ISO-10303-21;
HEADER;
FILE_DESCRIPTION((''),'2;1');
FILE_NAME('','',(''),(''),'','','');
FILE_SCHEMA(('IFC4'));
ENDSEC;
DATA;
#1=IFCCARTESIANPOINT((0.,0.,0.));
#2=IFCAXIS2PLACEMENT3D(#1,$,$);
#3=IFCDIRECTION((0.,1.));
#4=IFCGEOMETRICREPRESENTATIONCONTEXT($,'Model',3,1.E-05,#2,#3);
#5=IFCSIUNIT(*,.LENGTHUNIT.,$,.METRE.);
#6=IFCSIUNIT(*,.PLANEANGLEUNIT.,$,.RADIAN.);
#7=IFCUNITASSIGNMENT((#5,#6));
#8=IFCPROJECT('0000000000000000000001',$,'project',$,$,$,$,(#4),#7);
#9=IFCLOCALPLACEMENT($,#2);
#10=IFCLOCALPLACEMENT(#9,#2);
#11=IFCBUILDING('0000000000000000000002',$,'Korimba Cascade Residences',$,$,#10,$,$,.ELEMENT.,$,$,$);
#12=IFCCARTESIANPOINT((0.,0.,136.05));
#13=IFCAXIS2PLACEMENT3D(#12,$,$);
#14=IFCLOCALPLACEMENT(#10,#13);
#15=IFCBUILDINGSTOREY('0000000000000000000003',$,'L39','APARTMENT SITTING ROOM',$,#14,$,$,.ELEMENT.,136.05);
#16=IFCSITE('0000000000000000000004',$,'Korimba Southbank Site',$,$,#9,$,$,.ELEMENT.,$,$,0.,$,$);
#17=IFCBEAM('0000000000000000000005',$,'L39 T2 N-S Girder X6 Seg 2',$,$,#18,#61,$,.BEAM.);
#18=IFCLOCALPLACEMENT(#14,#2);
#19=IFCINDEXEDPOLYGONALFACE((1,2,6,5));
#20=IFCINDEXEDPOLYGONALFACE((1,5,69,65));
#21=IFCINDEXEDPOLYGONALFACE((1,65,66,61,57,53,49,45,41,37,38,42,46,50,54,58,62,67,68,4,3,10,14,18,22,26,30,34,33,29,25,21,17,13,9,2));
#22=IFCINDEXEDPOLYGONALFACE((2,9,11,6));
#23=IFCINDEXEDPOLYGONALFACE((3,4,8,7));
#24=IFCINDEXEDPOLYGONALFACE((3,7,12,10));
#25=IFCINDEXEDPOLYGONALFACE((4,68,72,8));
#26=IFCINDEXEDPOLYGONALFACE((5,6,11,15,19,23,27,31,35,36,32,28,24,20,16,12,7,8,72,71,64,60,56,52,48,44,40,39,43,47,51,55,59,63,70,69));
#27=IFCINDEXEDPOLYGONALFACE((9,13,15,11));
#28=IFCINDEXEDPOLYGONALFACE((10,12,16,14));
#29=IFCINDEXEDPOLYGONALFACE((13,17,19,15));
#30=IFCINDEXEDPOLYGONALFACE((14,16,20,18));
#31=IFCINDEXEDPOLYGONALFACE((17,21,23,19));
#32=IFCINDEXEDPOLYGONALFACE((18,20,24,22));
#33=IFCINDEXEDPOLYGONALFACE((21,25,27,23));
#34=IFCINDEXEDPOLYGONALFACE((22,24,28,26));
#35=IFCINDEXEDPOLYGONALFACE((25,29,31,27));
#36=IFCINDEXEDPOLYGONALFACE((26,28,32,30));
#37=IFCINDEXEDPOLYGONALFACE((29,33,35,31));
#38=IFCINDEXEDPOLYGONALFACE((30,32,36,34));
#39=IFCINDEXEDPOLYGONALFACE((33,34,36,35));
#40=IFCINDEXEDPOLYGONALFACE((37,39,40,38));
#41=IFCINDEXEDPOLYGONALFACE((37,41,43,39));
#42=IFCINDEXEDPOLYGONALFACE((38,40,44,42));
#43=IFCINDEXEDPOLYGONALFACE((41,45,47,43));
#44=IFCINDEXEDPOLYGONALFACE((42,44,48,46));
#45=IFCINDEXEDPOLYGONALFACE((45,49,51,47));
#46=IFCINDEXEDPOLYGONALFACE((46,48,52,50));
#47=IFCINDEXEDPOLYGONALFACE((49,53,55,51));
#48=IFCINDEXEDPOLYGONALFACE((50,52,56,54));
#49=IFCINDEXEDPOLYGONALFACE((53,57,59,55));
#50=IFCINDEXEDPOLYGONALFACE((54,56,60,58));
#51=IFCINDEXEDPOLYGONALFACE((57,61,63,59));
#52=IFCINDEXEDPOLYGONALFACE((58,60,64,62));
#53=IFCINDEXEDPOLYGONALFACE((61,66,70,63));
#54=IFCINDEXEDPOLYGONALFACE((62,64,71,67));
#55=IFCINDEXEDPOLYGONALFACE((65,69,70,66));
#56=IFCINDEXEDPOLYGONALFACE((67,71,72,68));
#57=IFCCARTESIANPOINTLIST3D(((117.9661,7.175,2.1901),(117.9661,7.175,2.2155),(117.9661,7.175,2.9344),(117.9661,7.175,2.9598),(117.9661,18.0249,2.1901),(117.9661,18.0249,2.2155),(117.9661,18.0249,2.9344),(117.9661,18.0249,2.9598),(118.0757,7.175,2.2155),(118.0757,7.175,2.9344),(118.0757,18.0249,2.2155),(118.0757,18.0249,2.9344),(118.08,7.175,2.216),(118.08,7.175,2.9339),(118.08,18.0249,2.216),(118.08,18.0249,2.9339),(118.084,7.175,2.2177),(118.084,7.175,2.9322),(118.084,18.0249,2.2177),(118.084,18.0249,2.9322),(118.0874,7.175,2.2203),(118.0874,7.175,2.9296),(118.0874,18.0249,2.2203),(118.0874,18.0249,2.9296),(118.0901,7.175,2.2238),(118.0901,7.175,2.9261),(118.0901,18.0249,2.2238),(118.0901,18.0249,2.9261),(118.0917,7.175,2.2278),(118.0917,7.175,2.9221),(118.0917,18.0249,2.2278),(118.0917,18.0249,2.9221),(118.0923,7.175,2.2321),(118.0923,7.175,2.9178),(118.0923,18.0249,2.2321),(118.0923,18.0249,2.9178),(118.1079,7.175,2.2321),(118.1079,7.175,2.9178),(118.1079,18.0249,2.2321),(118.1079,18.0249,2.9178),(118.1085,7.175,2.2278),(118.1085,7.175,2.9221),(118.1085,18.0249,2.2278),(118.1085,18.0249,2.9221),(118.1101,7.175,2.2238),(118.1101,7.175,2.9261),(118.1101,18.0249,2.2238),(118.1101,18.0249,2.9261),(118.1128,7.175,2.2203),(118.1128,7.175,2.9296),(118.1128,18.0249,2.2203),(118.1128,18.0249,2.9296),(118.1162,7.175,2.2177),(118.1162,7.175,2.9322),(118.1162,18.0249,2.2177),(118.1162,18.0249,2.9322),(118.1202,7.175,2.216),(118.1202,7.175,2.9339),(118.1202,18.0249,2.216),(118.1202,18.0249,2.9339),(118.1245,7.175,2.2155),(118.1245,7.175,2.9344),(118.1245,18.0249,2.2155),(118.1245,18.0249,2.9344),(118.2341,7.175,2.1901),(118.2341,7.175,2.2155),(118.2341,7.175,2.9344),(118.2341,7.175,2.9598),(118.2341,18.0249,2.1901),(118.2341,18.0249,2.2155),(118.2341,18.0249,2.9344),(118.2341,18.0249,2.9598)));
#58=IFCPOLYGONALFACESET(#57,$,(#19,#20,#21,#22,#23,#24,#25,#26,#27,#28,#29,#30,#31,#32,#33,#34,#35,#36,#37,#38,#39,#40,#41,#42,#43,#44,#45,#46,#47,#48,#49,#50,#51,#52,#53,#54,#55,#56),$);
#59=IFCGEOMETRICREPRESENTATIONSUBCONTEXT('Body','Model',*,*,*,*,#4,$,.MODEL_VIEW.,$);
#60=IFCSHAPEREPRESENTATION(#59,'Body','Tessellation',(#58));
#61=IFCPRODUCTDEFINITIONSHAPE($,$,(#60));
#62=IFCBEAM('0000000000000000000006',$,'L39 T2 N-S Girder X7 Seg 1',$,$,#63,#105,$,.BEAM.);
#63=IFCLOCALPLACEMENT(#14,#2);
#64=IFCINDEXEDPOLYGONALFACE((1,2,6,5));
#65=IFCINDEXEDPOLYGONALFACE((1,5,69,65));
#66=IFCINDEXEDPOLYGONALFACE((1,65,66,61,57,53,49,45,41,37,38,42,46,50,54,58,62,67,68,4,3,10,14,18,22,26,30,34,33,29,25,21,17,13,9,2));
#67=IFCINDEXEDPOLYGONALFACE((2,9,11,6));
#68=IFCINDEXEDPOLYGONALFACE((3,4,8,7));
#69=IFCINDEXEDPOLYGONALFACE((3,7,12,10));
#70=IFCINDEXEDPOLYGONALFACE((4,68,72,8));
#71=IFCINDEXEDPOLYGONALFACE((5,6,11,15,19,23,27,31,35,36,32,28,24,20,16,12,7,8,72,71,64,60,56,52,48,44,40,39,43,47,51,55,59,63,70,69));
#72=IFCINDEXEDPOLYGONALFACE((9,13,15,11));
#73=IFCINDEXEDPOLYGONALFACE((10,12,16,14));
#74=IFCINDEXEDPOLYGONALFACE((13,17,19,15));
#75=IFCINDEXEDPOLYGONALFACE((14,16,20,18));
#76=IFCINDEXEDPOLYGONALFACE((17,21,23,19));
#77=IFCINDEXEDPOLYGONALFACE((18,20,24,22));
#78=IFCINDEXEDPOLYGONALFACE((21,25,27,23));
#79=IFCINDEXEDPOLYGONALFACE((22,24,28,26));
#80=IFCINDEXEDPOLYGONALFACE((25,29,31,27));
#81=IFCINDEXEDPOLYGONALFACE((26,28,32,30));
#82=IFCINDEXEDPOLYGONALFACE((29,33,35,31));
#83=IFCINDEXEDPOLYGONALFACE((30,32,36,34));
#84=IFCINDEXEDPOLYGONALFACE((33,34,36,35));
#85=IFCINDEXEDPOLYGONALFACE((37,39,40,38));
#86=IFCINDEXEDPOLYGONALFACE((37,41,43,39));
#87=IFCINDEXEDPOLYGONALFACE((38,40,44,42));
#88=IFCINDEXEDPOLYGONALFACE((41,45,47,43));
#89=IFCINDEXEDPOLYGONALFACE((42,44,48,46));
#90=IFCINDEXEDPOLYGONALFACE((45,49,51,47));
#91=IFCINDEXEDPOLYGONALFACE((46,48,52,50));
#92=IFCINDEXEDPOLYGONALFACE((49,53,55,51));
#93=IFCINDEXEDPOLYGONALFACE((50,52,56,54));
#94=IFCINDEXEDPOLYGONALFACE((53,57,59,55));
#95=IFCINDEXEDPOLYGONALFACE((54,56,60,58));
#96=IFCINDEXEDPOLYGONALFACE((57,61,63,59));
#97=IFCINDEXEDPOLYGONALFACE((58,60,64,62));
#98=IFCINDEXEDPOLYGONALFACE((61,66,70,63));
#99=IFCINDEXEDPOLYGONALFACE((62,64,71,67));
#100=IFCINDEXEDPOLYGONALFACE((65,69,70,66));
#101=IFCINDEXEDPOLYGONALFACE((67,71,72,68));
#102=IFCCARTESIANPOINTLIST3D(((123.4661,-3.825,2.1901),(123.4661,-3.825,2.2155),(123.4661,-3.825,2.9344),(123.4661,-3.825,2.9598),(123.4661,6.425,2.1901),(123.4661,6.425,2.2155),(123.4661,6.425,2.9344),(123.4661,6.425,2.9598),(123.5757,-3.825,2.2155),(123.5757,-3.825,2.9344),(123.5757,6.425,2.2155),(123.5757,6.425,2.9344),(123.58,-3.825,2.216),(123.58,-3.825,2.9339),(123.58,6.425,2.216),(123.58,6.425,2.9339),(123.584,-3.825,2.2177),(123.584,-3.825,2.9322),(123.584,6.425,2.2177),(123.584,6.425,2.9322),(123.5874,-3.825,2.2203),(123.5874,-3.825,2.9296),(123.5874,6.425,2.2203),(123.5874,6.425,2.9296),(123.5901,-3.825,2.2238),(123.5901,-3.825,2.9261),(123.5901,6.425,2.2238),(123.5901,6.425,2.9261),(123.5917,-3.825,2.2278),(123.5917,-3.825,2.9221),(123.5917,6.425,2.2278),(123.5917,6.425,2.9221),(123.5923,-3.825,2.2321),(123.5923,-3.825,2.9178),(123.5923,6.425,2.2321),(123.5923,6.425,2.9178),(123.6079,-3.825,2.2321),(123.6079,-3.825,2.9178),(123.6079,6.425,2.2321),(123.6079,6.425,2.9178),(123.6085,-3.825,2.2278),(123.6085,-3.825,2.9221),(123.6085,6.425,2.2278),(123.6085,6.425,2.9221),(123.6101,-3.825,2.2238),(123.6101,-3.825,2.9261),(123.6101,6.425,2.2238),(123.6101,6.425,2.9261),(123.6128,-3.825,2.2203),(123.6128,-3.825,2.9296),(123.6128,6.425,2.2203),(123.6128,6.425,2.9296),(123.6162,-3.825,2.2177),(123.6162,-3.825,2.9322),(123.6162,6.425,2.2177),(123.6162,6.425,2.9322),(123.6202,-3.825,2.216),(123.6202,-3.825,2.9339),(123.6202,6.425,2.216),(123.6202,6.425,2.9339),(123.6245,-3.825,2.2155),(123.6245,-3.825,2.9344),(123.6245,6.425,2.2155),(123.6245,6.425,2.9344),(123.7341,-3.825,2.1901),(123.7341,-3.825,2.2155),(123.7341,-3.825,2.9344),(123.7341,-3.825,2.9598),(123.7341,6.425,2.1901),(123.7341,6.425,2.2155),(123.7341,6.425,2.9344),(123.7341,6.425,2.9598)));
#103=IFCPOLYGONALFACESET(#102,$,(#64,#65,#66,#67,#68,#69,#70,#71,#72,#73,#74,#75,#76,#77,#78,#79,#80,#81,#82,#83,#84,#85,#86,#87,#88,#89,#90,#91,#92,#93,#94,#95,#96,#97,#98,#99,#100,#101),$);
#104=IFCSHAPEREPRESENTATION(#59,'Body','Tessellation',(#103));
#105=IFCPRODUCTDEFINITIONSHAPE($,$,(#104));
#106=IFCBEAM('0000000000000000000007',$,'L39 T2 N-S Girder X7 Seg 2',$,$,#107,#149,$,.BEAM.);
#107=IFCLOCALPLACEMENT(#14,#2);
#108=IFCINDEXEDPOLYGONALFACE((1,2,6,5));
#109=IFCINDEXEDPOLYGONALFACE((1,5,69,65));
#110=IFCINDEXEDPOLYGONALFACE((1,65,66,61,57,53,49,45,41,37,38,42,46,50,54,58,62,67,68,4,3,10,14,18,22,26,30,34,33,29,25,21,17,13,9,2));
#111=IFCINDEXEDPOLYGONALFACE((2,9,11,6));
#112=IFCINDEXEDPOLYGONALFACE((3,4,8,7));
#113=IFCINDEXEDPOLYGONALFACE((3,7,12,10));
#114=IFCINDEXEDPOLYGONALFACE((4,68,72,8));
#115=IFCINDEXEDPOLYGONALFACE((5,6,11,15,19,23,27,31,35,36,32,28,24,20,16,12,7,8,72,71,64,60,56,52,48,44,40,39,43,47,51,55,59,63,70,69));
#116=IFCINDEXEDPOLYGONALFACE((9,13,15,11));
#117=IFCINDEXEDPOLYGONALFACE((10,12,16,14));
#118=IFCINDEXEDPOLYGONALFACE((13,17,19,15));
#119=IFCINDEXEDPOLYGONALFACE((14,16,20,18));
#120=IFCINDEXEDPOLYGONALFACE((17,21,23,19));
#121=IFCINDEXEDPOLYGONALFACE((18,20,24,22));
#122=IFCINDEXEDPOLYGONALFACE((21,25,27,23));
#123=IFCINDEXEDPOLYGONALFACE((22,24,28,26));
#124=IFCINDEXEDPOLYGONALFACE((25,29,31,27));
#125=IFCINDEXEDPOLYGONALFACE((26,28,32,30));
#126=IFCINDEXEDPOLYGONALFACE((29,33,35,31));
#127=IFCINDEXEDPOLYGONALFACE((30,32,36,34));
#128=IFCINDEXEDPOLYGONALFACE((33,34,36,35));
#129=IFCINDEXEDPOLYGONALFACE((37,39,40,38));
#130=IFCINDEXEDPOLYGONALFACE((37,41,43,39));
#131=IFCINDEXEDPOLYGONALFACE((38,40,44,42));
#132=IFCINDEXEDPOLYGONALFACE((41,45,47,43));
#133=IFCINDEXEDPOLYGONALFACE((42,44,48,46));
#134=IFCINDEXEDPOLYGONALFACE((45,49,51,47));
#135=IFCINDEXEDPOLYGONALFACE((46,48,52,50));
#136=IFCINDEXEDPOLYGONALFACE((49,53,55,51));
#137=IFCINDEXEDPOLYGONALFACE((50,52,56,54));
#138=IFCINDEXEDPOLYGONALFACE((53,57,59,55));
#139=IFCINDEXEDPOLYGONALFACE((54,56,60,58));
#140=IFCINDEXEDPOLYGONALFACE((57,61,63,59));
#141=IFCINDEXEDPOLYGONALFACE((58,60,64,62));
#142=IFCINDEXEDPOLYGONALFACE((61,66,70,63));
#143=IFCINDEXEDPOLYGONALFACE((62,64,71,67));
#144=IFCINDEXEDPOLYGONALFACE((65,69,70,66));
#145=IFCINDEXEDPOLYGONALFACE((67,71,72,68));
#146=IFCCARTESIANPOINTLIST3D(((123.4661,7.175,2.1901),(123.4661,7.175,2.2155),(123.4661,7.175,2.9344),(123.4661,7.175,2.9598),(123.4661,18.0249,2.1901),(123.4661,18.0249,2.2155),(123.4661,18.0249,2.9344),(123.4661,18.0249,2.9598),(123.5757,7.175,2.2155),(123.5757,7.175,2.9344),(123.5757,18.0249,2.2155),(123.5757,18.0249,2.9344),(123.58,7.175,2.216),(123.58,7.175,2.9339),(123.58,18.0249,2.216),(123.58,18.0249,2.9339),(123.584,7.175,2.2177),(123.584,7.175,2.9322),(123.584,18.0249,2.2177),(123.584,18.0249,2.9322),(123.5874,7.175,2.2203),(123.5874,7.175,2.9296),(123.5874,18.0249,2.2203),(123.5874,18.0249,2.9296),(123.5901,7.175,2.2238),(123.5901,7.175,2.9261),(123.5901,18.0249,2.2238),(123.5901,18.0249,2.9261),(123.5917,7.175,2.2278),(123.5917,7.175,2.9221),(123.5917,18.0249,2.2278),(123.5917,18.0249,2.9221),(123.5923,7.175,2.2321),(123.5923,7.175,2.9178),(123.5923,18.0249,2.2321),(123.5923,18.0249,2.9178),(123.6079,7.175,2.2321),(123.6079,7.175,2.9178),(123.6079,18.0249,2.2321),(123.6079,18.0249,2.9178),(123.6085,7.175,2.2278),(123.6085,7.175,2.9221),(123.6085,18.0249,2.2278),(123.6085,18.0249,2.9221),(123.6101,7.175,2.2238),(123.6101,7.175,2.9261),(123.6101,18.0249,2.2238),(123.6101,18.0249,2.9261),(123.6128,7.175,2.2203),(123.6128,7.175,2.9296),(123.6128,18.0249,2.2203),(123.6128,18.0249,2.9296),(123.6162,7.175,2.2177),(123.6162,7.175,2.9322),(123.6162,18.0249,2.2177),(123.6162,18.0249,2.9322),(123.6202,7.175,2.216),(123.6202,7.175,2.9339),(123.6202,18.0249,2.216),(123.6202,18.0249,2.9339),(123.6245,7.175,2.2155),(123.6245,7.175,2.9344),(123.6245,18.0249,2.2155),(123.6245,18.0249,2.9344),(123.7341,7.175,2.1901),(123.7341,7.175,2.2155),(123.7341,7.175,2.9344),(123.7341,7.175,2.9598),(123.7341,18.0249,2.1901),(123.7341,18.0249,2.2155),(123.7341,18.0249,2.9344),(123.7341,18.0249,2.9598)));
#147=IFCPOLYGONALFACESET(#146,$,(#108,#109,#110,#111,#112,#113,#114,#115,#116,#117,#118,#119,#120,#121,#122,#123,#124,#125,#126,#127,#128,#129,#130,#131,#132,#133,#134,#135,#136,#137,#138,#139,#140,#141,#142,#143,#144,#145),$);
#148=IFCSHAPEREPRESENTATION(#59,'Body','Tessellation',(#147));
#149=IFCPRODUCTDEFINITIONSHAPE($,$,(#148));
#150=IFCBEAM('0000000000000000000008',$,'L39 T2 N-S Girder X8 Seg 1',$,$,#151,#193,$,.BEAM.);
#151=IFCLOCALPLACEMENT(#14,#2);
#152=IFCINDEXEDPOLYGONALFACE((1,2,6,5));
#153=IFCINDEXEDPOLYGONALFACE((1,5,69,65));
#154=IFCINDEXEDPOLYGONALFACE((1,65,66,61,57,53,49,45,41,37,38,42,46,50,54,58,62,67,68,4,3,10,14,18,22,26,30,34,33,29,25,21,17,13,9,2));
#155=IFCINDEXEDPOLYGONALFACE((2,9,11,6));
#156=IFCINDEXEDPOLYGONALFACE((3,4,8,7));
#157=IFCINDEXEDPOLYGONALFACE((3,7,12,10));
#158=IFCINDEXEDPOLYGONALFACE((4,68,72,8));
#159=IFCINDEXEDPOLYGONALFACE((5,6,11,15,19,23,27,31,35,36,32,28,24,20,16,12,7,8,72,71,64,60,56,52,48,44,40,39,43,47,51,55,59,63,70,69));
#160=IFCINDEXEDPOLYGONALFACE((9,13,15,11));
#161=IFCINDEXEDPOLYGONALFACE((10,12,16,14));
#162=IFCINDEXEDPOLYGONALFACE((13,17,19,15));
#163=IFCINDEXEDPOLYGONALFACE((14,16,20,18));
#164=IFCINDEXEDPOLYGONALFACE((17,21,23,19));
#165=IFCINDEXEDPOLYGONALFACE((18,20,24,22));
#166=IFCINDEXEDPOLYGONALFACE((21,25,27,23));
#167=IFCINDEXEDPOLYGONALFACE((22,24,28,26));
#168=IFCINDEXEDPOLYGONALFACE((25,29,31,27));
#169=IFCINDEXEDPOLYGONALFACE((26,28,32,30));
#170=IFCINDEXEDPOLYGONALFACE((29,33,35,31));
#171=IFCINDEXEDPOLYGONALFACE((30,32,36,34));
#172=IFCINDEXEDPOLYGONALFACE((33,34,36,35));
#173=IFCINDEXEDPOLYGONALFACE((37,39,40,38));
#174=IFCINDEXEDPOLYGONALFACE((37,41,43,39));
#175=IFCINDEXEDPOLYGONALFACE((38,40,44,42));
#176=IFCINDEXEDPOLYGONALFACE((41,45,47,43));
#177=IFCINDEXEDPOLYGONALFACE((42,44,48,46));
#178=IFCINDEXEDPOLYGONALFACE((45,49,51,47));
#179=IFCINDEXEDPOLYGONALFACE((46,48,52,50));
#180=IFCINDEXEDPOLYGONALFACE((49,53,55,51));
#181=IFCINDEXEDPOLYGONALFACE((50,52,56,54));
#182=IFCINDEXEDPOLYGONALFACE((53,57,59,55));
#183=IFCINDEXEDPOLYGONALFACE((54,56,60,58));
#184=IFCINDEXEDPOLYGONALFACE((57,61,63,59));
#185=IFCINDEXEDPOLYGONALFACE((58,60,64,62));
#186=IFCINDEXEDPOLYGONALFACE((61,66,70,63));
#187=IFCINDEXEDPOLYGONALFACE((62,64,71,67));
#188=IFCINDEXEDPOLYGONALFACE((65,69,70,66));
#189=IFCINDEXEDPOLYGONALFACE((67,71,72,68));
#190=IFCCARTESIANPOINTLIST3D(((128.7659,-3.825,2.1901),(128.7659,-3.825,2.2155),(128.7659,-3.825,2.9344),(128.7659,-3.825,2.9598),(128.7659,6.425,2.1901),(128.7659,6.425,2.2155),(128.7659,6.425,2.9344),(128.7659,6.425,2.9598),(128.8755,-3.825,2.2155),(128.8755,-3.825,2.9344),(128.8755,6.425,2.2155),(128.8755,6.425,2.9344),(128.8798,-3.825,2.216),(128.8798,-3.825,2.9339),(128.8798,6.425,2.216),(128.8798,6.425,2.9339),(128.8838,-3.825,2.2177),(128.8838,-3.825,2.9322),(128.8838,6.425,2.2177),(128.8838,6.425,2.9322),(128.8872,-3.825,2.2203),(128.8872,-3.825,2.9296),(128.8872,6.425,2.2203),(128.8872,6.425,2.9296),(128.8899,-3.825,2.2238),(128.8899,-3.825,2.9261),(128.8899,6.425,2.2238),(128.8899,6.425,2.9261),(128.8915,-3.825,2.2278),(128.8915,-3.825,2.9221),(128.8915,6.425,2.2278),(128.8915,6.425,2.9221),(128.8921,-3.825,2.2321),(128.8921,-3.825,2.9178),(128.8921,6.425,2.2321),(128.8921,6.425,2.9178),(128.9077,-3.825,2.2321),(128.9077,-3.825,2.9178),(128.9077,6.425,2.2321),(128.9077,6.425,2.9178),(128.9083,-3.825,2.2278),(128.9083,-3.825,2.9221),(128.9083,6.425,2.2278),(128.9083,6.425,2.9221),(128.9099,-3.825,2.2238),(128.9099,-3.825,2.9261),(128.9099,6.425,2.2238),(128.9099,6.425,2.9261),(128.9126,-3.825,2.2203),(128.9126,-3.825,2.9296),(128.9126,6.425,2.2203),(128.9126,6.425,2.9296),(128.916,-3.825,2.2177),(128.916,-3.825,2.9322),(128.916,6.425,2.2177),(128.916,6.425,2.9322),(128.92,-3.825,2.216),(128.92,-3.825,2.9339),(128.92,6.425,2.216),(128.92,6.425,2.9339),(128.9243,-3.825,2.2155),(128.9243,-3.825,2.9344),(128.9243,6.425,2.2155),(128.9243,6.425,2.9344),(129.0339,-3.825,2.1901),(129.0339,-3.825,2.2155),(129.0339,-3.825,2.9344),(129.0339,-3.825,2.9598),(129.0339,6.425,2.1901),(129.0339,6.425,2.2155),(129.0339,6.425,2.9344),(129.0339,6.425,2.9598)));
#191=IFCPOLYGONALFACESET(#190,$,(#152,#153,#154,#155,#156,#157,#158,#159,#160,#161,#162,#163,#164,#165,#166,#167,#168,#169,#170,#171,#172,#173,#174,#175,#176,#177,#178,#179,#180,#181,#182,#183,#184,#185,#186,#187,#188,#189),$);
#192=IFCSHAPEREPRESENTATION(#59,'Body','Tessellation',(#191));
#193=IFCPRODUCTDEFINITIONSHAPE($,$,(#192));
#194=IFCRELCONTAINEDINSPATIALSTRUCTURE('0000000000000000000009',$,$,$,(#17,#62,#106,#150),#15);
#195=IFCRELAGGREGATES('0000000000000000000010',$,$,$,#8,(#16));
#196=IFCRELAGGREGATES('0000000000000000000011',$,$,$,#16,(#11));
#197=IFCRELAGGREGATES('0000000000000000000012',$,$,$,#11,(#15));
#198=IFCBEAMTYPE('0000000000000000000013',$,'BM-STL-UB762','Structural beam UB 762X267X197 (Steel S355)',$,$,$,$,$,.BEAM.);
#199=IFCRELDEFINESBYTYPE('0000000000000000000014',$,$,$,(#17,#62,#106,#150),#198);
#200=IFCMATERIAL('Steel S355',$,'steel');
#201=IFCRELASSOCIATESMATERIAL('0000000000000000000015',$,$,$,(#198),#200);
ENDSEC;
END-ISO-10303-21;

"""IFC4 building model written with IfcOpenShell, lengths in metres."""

from ifc_helpers import new_model, si_unit, direction, frame, origin, origin_2d, place, context, subcontext, project, spatial, i_section, extrude, material, material_profile, profile_set, type_object, element, save


model = new_model("IFC4")

# Units and contexts
model_context = context("Model", 3, precision=1e-05, world=origin(), true_north=direction((0.0, 1.0)))
body_context = subcontext(model_context, "Body", "Model", "MODEL_VIEW")
ifc_project = project(units=[si_unit("LENGTHUNIT", "METRE"), si_unit("PLANEANGLEUNIT", "RADIAN")], contexts=[model_context])

# Site, building, storey
site_placement = place(None, origin())
site = spatial("IfcSite", under=ifc_project, at=site_placement, Name="Korimba Southbank Site", CompositionType="ELEMENT", RefElevation=0.0)
building_placement = place(site_placement, origin())
building = spatial("IfcBuilding", under=site, at=building_placement, Name="Korimba Cascade Residences", CompositionType="ELEMENT")
storey_placement = place(building_placement, frame((0.0, 0.0, 136.05)))
storey = spatial("IfcBuildingStorey", under=building, at=storey_placement, Name="L39", Description="APARTMENT SITTING ROOM", CompositionType="ELEMENT", Elevation=136.05)

# Beams
ifc_material_1 = material(Name="Steel S355", Category="steel")
ifc_material_profile_1 = material_profile(ifc_material_1, i_section(OverallWidth=0.2681, OverallDepth=0.7698, WebThickness=0.0156, FlangeThickness=0.0254, FilletRadius=0.0166, at=origin_2d()), Name="Steel S355")
ifc_profile_set_1 = profile_set([ifc_material_profile_1], Name="Steel S355")
beam_type_1 = type_object("IfcBeamType", Name="BM-STL-UB762", Description="Structural beam UB 762X267X197 (Steel S355)", PredefinedType="BEAM", material=ifc_profile_set_1)
beam_1_placement = place(storey_placement, frame((118.1001, 7.175, 2.575), z_axis=(0.0, 1.0, 0.0), x_axis=(-1.0, 0.0, 0.0)))
element("IfcBeam", 1, at=beam_1_placement, inside=storey, type_object=beam_type_1, Name="L39 T2 N-S Girder X6 Seg 2", PredefinedType="BEAM", context=body_context, shape_type="SweptSolid", body=[
    extrude(i_section(OverallWidth=0.2681, OverallDepth=0.7698, WebThickness=0.0156, FlangeThickness=0.0254, FilletRadius=0.0166, at=origin_2d()), origin(), (0.0, 0.0, 1.0), 10.8499),
])
beam_2_placement = place(storey_placement, frame((123.6001, -3.825, 2.575), z_axis=(0.0, 1.0, 0.0), x_axis=(-1.0, 0.0, 0.0)))
element("IfcBeam", 2, at=beam_2_placement, inside=storey, type_object=beam_type_1, Name="L39 T2 N-S Girder X7 Seg 1", PredefinedType="BEAM", context=body_context, shape_type="SweptSolid", body=[
    extrude(i_section(OverallWidth=0.2681, OverallDepth=0.7698, WebThickness=0.0156, FlangeThickness=0.0254, FilletRadius=0.0166, at=origin_2d()), origin(), (0.0, 0.0, 1.0), 10.25),
])
beam_3_placement = place(storey_placement, frame((123.6001, 7.175, 2.575), z_axis=(0.0, 1.0, 0.0), x_axis=(-1.0, 0.0, 0.0)))
element("IfcBeam", 3, at=beam_3_placement, inside=storey, type_object=beam_type_1, Name="L39 T2 N-S Girder X7 Seg 2", PredefinedType="BEAM", context=body_context, shape_type="SweptSolid", body=[
    extrude(i_section(OverallWidth=0.2681, OverallDepth=0.7698, WebThickness=0.0156, FlangeThickness=0.0254, FilletRadius=0.0166, at=origin_2d()), origin(), (0.0, 0.0, 1.0), 10.8499),
])
beam_4_placement = place(storey_placement, frame((128.8999, -3.825, 2.575), z_axis=(0.0, 1.0, 0.0), x_axis=(-1.0, 0.0, 0.0)))
element("IfcBeam", 4, at=beam_4_placement, inside=storey, type_object=beam_type_1, Name="L39 T2 N-S Girder X8 Seg 1", PredefinedType="BEAM", context=body_context, shape_type="SweptSolid", body=[
    extrude(i_section(OverallWidth=0.2681, OverallDepth=0.7698, WebThickness=0.0156, FlangeThickness=0.0254, FilletRadius=0.0166, at=origin_2d()), origin(), (0.0, 0.0, 1.0), 10.25),
])

save(model, "model.ifc")
